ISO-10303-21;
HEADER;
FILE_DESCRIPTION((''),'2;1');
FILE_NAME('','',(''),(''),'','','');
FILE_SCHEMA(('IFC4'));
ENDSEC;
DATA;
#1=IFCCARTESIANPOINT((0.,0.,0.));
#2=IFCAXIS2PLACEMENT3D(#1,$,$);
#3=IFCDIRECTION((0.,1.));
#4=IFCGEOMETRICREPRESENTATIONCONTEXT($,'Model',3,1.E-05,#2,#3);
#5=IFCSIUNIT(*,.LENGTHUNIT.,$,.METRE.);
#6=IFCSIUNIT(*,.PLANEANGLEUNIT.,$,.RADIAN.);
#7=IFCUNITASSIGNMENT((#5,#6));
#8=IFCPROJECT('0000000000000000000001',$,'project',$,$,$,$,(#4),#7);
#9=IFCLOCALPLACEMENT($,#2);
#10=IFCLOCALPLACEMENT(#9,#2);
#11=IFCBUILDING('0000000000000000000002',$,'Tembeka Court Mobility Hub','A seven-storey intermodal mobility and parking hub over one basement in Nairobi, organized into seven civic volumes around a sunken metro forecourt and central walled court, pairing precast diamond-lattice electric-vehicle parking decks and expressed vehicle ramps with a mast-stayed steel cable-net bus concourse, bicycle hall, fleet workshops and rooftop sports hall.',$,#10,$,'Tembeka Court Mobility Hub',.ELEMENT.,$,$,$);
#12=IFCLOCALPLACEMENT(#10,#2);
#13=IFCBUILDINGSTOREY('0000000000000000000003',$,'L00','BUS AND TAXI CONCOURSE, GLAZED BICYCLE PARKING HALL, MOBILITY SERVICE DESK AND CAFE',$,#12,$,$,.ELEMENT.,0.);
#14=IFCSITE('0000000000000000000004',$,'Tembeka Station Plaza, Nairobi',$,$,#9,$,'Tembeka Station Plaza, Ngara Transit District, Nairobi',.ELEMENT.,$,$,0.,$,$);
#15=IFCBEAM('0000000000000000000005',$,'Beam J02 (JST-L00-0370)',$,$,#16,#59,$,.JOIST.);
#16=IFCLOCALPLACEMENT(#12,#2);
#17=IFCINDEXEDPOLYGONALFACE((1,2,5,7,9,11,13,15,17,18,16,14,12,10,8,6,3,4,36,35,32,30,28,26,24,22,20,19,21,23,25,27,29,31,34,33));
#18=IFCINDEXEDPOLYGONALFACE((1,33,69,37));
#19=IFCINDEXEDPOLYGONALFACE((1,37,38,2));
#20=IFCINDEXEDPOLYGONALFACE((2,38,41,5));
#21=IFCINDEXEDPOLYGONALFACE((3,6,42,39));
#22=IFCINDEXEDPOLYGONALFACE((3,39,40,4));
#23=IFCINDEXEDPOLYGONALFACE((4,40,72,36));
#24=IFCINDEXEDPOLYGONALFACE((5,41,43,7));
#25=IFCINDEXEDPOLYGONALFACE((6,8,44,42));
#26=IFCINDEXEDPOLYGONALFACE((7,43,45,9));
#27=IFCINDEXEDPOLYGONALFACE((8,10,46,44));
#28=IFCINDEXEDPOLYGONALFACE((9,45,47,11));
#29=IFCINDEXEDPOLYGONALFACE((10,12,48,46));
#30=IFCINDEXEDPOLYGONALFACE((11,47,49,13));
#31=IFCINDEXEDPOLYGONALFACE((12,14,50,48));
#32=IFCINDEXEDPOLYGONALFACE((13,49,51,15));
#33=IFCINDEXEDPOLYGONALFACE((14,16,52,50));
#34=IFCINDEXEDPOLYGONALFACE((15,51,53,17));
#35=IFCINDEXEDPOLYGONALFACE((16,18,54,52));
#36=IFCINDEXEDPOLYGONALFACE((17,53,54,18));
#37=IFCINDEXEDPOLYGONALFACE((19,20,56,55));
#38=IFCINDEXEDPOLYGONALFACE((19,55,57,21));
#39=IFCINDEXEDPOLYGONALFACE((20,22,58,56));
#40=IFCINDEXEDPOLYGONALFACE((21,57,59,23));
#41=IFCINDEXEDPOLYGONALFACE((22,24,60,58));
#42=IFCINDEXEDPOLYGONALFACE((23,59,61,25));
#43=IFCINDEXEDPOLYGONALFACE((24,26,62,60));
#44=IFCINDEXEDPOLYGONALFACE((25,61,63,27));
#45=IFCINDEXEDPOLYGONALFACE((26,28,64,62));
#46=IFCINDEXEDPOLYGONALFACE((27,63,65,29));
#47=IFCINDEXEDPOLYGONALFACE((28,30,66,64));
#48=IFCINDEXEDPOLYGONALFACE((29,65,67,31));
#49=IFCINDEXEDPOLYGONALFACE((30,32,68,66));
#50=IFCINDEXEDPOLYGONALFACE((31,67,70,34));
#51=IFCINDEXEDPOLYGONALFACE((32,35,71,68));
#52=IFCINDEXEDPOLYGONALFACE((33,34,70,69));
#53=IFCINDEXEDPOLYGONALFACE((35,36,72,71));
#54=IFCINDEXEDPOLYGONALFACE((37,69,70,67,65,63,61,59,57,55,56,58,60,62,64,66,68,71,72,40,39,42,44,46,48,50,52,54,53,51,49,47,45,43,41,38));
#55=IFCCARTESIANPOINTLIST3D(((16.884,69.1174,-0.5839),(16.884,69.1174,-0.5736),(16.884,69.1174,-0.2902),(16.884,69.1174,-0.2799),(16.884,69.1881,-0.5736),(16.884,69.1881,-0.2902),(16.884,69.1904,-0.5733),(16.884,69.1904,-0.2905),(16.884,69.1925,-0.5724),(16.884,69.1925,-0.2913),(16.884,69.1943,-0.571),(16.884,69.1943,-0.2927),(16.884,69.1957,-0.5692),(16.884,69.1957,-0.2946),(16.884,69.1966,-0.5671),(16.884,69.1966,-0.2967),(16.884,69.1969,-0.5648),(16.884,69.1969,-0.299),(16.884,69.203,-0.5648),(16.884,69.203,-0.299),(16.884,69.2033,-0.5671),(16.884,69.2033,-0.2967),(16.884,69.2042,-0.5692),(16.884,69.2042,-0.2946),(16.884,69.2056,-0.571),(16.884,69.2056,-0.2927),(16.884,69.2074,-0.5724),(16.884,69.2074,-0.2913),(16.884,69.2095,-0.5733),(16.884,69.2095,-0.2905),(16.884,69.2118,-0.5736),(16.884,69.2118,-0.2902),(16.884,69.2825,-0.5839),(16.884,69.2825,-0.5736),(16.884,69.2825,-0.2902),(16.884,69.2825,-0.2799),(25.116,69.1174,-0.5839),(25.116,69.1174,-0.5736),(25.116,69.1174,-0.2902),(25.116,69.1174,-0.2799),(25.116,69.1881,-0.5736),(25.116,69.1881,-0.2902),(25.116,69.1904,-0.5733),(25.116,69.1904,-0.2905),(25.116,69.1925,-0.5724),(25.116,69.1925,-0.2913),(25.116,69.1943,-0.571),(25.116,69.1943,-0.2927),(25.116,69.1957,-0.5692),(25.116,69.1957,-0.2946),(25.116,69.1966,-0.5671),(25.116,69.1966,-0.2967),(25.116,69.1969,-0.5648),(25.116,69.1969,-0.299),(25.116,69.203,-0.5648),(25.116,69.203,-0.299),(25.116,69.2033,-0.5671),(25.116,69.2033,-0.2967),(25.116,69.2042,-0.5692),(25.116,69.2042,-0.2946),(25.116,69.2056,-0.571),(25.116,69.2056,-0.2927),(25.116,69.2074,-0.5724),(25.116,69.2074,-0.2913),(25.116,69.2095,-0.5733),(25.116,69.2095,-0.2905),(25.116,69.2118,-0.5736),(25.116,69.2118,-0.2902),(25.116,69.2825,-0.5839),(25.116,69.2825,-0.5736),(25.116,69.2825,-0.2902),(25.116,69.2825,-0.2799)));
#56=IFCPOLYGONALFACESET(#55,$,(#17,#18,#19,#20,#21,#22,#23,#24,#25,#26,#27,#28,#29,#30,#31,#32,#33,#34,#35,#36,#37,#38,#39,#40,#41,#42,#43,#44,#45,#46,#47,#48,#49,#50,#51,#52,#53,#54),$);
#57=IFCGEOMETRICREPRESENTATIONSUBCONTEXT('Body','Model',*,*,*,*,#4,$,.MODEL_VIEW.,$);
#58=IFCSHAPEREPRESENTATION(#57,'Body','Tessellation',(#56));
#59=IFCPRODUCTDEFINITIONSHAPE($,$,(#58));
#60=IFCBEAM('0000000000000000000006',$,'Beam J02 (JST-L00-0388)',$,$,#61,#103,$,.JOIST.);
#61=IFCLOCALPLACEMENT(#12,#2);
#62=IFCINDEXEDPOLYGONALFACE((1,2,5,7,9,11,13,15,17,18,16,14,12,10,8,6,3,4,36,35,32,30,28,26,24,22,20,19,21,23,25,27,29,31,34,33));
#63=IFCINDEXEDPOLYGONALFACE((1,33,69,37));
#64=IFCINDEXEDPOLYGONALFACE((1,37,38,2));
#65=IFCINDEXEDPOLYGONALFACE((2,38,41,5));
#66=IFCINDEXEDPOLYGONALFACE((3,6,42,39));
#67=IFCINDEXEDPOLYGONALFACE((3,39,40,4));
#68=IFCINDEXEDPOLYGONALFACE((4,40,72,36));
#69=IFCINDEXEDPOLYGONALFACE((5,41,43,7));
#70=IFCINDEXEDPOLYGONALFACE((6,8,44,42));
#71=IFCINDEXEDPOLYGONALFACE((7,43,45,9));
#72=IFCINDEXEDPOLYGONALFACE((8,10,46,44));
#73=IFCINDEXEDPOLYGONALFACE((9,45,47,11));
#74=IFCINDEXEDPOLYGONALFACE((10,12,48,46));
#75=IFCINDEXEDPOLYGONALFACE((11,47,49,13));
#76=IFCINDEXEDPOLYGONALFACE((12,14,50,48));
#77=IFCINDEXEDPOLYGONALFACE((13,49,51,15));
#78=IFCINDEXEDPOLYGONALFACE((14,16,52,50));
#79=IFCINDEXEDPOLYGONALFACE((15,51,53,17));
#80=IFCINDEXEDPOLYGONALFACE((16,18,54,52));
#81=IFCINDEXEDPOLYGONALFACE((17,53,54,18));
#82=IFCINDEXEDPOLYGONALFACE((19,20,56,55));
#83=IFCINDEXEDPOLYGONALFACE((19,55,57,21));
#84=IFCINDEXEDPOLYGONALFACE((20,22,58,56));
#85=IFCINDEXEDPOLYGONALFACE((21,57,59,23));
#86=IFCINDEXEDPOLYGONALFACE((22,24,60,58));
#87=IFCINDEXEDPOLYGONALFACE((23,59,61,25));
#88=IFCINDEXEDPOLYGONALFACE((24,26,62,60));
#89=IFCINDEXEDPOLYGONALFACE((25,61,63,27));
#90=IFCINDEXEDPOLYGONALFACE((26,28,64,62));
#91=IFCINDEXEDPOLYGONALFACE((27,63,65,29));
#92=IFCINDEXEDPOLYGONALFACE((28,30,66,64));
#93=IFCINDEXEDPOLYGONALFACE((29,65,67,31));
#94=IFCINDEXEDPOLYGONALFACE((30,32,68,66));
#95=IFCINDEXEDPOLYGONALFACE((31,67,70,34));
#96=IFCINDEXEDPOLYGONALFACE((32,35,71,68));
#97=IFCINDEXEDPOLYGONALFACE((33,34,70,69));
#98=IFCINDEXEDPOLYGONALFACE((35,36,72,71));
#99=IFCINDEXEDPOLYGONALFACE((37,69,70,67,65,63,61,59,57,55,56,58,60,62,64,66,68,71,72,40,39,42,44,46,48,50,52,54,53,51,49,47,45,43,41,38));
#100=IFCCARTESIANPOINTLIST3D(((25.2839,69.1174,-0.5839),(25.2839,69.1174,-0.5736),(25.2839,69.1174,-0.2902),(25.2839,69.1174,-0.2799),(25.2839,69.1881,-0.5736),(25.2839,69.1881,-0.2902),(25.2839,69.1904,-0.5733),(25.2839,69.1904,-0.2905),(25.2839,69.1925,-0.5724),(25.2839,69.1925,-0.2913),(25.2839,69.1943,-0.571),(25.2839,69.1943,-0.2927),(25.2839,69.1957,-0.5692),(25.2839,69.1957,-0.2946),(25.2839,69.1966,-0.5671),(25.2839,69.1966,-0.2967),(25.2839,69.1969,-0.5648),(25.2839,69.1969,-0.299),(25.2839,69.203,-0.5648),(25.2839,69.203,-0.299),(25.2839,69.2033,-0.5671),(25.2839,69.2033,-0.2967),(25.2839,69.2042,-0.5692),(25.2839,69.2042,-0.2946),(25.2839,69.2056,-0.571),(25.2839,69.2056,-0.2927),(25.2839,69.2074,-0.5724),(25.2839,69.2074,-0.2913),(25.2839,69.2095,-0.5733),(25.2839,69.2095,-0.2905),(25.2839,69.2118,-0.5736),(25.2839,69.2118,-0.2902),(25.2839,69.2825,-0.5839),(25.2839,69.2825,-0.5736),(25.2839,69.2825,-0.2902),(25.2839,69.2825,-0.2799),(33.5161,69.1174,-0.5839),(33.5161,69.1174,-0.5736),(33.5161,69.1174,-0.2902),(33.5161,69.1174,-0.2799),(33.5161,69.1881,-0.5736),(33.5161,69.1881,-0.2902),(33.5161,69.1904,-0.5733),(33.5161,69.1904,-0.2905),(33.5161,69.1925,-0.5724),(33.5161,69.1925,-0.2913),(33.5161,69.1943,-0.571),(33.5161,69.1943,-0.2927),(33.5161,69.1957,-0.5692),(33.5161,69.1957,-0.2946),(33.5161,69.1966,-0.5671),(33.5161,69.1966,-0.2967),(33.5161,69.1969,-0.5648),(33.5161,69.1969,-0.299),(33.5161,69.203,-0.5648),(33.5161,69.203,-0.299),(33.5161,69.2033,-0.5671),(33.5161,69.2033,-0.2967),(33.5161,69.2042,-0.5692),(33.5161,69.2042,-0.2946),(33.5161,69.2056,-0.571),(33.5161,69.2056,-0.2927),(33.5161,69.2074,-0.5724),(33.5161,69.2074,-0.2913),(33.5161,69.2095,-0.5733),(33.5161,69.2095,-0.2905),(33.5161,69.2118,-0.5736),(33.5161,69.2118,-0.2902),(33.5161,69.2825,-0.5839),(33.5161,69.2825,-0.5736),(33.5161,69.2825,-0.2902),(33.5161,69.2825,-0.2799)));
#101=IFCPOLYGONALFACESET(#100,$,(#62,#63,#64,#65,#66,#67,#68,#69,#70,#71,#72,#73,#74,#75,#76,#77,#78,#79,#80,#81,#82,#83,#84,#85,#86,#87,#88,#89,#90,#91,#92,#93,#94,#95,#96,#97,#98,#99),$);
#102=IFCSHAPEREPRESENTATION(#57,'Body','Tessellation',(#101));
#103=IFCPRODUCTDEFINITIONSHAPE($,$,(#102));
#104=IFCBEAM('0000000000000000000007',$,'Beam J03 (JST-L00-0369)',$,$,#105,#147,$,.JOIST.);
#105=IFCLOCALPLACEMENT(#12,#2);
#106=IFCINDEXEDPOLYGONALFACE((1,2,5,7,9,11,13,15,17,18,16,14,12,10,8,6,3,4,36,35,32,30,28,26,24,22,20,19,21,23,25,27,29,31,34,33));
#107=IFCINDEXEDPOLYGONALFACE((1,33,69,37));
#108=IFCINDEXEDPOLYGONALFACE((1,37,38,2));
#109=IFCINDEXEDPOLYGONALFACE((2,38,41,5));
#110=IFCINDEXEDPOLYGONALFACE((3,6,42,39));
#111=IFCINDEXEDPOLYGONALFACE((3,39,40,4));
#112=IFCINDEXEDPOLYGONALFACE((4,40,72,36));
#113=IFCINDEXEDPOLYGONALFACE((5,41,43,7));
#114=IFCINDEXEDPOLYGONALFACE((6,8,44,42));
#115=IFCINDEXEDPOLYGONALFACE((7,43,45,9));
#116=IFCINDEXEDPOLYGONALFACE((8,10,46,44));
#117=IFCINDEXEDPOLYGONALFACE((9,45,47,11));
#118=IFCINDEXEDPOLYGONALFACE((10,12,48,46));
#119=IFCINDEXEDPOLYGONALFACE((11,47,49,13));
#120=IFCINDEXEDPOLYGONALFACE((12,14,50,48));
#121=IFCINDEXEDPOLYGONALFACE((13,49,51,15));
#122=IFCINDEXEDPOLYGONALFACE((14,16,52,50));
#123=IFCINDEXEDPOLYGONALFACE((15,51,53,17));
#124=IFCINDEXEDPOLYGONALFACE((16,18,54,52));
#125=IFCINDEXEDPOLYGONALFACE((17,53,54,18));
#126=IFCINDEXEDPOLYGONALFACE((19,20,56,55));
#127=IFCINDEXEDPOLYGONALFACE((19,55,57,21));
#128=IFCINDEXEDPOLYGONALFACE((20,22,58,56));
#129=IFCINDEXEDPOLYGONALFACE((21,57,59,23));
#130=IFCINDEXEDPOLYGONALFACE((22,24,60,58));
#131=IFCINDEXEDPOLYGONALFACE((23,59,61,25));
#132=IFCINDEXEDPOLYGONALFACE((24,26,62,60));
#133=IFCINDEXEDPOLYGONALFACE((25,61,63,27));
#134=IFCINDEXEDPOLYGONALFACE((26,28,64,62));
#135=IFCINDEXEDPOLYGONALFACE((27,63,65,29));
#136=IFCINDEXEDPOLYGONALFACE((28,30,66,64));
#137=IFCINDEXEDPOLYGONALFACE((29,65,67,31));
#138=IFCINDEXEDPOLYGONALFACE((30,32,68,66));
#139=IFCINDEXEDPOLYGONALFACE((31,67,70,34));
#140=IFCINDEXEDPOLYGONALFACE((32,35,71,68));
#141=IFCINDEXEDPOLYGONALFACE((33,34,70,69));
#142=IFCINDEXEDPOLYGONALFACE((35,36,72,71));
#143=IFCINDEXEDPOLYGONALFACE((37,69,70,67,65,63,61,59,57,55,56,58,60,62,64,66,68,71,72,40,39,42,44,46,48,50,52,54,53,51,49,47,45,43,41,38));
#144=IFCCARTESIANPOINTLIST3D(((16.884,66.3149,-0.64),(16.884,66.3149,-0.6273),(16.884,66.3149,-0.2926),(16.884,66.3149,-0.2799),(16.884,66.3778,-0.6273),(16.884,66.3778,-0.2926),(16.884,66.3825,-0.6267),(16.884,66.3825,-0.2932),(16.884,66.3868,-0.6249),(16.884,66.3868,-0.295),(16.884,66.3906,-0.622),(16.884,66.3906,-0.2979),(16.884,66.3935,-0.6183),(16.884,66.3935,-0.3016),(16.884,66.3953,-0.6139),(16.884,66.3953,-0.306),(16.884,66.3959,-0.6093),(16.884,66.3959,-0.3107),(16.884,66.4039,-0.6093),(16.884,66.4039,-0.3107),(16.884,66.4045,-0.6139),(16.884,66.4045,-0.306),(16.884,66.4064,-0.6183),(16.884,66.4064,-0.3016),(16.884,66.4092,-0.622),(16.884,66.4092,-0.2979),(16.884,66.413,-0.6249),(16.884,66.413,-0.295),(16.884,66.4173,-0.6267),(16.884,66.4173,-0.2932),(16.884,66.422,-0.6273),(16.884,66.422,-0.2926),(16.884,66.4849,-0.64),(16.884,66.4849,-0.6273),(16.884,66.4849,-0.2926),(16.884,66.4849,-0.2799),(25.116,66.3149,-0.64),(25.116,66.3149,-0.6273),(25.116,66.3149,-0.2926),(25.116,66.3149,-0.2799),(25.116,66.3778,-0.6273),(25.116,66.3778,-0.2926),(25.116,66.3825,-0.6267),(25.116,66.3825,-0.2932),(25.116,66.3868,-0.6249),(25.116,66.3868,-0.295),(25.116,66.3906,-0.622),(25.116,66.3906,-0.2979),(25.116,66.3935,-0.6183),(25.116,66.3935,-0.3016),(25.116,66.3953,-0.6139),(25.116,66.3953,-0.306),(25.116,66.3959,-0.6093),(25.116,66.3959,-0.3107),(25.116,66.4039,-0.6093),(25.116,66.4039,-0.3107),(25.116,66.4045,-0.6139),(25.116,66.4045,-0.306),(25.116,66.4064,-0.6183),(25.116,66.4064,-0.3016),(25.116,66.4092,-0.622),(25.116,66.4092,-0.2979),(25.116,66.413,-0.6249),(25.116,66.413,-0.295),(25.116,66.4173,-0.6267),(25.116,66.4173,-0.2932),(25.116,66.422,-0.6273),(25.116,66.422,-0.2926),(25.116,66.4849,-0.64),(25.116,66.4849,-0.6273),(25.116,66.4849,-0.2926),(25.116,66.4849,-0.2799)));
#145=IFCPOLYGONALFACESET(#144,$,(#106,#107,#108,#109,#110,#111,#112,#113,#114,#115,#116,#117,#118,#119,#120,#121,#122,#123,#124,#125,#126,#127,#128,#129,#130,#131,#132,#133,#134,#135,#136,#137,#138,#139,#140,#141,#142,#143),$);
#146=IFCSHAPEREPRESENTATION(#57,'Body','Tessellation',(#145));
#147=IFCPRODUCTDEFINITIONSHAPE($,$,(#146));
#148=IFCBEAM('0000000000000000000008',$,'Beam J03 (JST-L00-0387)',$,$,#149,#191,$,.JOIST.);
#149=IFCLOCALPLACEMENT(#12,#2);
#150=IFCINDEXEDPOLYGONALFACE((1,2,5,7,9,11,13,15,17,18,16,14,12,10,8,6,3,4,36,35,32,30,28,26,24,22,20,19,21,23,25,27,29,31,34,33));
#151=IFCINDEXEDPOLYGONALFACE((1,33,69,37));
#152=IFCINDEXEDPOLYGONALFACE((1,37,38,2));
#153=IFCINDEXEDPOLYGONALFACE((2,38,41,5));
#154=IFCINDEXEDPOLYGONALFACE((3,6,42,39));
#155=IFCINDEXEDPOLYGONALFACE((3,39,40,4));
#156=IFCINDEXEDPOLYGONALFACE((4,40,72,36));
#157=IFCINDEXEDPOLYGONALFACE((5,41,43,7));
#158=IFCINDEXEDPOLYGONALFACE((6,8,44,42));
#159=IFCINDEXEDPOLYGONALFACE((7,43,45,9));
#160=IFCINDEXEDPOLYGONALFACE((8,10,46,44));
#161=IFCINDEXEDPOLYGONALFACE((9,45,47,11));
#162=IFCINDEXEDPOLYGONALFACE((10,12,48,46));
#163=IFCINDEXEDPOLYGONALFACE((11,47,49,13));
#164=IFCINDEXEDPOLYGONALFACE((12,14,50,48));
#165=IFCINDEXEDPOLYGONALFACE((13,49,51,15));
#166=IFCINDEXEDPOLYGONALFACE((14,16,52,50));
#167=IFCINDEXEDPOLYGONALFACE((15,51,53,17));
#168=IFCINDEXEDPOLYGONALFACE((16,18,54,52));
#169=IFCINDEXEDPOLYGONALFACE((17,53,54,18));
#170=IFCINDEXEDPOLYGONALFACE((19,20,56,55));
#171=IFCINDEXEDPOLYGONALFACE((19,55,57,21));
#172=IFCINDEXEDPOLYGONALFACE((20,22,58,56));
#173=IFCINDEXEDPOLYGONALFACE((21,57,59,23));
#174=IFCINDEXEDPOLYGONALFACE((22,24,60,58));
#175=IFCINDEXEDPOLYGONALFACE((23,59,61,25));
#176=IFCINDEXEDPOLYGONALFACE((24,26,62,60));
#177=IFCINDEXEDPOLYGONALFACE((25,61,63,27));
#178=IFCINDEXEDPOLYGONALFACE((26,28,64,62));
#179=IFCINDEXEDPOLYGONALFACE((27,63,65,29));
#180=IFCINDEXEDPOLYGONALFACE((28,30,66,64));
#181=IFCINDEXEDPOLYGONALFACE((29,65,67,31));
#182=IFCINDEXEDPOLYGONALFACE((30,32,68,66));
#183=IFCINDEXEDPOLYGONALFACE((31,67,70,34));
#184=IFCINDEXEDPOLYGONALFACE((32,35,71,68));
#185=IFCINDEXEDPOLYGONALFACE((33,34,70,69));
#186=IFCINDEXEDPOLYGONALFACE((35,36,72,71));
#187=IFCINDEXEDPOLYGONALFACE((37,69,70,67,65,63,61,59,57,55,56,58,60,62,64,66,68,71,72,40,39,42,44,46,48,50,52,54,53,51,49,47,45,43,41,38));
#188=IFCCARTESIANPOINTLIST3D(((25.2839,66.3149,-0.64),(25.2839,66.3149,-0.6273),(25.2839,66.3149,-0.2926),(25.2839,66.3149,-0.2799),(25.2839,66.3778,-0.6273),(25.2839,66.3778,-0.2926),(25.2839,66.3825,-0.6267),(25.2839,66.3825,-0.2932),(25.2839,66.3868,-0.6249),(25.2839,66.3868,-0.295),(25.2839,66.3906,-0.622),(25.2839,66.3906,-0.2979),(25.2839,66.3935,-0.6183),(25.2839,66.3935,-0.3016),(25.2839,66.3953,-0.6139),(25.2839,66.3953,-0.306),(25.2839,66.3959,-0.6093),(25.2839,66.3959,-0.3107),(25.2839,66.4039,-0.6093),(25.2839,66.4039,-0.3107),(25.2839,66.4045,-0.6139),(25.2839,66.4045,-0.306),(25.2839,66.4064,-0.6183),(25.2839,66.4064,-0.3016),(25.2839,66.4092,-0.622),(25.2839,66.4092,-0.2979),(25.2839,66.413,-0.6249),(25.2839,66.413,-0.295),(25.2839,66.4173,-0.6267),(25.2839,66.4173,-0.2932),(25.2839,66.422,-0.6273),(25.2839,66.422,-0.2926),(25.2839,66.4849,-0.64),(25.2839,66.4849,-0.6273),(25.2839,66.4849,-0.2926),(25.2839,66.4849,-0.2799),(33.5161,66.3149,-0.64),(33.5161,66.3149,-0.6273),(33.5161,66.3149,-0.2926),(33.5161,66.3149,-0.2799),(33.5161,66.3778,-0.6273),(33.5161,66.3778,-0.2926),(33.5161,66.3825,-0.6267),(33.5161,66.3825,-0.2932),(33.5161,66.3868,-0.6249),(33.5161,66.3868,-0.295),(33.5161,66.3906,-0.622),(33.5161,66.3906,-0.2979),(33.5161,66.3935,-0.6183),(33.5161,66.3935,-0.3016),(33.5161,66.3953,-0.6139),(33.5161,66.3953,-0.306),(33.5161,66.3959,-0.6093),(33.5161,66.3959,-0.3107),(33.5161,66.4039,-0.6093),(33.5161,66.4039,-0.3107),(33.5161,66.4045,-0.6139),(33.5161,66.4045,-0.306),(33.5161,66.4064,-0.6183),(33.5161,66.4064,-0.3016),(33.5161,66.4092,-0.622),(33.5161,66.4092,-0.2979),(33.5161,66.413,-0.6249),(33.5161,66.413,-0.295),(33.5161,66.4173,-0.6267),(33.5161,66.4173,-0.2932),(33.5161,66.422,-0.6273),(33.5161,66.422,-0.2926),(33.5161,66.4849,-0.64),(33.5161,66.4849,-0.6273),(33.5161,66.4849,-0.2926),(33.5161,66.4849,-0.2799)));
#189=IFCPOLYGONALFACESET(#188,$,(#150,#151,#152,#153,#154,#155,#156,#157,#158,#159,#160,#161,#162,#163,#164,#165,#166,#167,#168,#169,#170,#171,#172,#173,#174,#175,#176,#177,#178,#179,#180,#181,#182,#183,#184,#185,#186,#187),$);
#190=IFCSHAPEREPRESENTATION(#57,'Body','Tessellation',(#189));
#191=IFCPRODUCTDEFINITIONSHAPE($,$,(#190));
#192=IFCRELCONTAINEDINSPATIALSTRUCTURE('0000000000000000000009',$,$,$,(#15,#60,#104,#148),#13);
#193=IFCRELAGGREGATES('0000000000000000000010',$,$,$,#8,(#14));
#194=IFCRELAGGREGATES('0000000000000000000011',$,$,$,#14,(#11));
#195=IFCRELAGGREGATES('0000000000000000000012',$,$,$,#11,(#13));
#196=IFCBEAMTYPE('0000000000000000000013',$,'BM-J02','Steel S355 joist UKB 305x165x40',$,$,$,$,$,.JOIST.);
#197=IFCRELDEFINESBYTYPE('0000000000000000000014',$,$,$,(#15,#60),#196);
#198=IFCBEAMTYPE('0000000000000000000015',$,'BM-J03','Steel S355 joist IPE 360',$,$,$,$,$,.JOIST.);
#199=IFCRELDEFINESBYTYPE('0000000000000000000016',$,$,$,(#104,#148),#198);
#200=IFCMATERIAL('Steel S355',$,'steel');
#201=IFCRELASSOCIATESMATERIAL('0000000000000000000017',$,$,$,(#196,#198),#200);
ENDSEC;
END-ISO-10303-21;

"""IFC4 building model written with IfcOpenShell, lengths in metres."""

from ifc_helpers import new_model, si_unit, direction, frame, origin, origin_2d, place, context, subcontext, project, spatial, i_section, extrude, material, material_profile, profile_set, type_object, element, save


model = new_model("IFC4")

# Units and contexts
model_context = context("Model", 3, precision=1e-05, world=origin(), true_north=direction((0.0, 1.0)))
body_context = subcontext(model_context, "Body", "Model", "MODEL_VIEW")
ifc_project = project(units=[si_unit("LENGTHUNIT", "METRE"), si_unit("PLANEANGLEUNIT", "RADIAN")], contexts=[model_context])

# Site, building, storey
site_placement = place(None, origin())
site = spatial("IfcSite", under=ifc_project, at=site_placement, Name="Tembeka Station Plaza, Nairobi", LongName="Tembeka Station Plaza, Ngara Transit District, Nairobi", CompositionType="ELEMENT", RefElevation=0.0)
building_placement = place(site_placement, origin())
building = spatial("IfcBuilding", under=site, at=building_placement, Name="Tembeka Court Mobility Hub", Description="A seven-storey intermodal mobility and parking hub over one basement in Nairobi, organized into seven civic volumes around a sunken metro forecourt and central walled court, pairing precast diamond-lattice electric-vehicle parking decks and expressed vehicle ramps with a mast-stayed steel cable-net bus concourse, bicycle hall, fleet workshops and rooftop sports hall.", LongName="Tembeka Court Mobility Hub", CompositionType="ELEMENT")
storey_placement = place(building_placement, origin())
storey = spatial("IfcBuildingStorey", under=building, at=storey_placement, Name="L00", Description="BUS AND TAXI CONCOURSE, GLAZED BICYCLE PARKING HALL, MOBILITY SERVICE DESK AND CAFE", CompositionType="ELEMENT", Elevation=0.0)

# Shared definitions
ifc_material_1 = material(Name="Steel S355", Category="steel")

# Beams
ifc_material_profile_1 = material_profile(ifc_material_1, i_section(OverallWidth=0.165, OverallDepth=0.304, WebThickness=0.0061, FlangeThickness=0.0103, FilletRadius=0.0088, at=origin_2d()), Name="UKB 305x165x40")
ifc_profile_set_1 = profile_set([ifc_material_profile_1], Name="Steel S355")
beam_type_1 = type_object("IfcBeamType", Name="BM-J02", Description="Steel S355 joist UKB 305x165x40", PredefinedType="JOIST", material=ifc_profile_set_1)
beam_1_placement = place(storey_placement, frame((16.884, 69.2, -0.4319), z_axis=(1.0, 0.0, 0.0), x_axis=(0.0, 1.0, 0.0)))
element("IfcBeam", 1, at=beam_1_placement, inside=storey, type_object=beam_type_1, Name="Beam J02 (JST-L00-0370)", PredefinedType="JOIST", context=body_context, shape_type="SweptSolid", body=[
    extrude(i_section(OverallWidth=0.165, OverallDepth=0.304, WebThickness=0.0061, FlangeThickness=0.0103, FilletRadius=0.0088, at=origin_2d()), origin(), (0.0, 0.0, 1.0), 8.2319),
])
beam_2_placement = place(storey_placement, frame((25.2839, 69.2, -0.4319), z_axis=(1.0, 0.0, 0.0), x_axis=(0.0, 1.0, 0.0)))
element("IfcBeam", 2, at=beam_2_placement, inside=storey, type_object=beam_type_1, Name="Beam J02 (JST-L00-0388)", PredefinedType="JOIST", context=body_context, shape_type="SweptSolid", body=[
    extrude(i_section(OverallWidth=0.165, OverallDepth=0.304, WebThickness=0.0061, FlangeThickness=0.0103, FilletRadius=0.0088, at=origin_2d()), origin(), (0.0, 0.0, 1.0), 8.2322),
])
ifc_material_profile_2 = material_profile(ifc_material_1, i_section(OverallWidth=0.1699, OverallDepth=0.3601, WebThickness=0.0081, FlangeThickness=0.0127, FilletRadius=0.0181, at=origin_2d()), Name="IPE 360")
ifc_profile_set_2 = profile_set([ifc_material_profile_2], Name="Steel S355")
beam_type_2 = type_object("IfcBeamType", Name="BM-J03", Description="Steel S355 joist IPE 360", PredefinedType="JOIST", material=ifc_profile_set_2)
beam_3_placement = place(storey_placement, frame((16.884, 66.3999, -0.46), z_axis=(1.0, 0.0, 0.0), x_axis=(0.0, 1.0, 0.0)))
element("IfcBeam", 3, at=beam_3_placement, inside=storey, type_object=beam_type_2, Name="Beam J03 (JST-L00-0369)", PredefinedType="JOIST", context=body_context, shape_type="SweptSolid", body=[
    extrude(i_section(OverallWidth=0.1699, OverallDepth=0.3601, WebThickness=0.0081, FlangeThickness=0.0127, FilletRadius=0.0181, at=origin_2d()), origin(), (0.0, 0.0, 1.0), 8.2319),
])
beam_4_placement = place(storey_placement, frame((25.2839, 66.3999, -0.46), z_axis=(1.0, 0.0, 0.0), x_axis=(0.0, 1.0, 0.0)))
element("IfcBeam", 4, at=beam_4_placement, inside=storey, type_object=beam_type_2, Name="Beam J03 (JST-L00-0387)", PredefinedType="JOIST", context=body_context, shape_type="SweptSolid", body=[
    extrude(i_section(OverallWidth=0.1699, OverallDepth=0.3601, WebThickness=0.0081, FlangeThickness=0.0127, FilletRadius=0.0181, at=origin_2d()), origin(), (0.0, 0.0, 1.0), 8.2322),
])

save(model, "model.ifc")
